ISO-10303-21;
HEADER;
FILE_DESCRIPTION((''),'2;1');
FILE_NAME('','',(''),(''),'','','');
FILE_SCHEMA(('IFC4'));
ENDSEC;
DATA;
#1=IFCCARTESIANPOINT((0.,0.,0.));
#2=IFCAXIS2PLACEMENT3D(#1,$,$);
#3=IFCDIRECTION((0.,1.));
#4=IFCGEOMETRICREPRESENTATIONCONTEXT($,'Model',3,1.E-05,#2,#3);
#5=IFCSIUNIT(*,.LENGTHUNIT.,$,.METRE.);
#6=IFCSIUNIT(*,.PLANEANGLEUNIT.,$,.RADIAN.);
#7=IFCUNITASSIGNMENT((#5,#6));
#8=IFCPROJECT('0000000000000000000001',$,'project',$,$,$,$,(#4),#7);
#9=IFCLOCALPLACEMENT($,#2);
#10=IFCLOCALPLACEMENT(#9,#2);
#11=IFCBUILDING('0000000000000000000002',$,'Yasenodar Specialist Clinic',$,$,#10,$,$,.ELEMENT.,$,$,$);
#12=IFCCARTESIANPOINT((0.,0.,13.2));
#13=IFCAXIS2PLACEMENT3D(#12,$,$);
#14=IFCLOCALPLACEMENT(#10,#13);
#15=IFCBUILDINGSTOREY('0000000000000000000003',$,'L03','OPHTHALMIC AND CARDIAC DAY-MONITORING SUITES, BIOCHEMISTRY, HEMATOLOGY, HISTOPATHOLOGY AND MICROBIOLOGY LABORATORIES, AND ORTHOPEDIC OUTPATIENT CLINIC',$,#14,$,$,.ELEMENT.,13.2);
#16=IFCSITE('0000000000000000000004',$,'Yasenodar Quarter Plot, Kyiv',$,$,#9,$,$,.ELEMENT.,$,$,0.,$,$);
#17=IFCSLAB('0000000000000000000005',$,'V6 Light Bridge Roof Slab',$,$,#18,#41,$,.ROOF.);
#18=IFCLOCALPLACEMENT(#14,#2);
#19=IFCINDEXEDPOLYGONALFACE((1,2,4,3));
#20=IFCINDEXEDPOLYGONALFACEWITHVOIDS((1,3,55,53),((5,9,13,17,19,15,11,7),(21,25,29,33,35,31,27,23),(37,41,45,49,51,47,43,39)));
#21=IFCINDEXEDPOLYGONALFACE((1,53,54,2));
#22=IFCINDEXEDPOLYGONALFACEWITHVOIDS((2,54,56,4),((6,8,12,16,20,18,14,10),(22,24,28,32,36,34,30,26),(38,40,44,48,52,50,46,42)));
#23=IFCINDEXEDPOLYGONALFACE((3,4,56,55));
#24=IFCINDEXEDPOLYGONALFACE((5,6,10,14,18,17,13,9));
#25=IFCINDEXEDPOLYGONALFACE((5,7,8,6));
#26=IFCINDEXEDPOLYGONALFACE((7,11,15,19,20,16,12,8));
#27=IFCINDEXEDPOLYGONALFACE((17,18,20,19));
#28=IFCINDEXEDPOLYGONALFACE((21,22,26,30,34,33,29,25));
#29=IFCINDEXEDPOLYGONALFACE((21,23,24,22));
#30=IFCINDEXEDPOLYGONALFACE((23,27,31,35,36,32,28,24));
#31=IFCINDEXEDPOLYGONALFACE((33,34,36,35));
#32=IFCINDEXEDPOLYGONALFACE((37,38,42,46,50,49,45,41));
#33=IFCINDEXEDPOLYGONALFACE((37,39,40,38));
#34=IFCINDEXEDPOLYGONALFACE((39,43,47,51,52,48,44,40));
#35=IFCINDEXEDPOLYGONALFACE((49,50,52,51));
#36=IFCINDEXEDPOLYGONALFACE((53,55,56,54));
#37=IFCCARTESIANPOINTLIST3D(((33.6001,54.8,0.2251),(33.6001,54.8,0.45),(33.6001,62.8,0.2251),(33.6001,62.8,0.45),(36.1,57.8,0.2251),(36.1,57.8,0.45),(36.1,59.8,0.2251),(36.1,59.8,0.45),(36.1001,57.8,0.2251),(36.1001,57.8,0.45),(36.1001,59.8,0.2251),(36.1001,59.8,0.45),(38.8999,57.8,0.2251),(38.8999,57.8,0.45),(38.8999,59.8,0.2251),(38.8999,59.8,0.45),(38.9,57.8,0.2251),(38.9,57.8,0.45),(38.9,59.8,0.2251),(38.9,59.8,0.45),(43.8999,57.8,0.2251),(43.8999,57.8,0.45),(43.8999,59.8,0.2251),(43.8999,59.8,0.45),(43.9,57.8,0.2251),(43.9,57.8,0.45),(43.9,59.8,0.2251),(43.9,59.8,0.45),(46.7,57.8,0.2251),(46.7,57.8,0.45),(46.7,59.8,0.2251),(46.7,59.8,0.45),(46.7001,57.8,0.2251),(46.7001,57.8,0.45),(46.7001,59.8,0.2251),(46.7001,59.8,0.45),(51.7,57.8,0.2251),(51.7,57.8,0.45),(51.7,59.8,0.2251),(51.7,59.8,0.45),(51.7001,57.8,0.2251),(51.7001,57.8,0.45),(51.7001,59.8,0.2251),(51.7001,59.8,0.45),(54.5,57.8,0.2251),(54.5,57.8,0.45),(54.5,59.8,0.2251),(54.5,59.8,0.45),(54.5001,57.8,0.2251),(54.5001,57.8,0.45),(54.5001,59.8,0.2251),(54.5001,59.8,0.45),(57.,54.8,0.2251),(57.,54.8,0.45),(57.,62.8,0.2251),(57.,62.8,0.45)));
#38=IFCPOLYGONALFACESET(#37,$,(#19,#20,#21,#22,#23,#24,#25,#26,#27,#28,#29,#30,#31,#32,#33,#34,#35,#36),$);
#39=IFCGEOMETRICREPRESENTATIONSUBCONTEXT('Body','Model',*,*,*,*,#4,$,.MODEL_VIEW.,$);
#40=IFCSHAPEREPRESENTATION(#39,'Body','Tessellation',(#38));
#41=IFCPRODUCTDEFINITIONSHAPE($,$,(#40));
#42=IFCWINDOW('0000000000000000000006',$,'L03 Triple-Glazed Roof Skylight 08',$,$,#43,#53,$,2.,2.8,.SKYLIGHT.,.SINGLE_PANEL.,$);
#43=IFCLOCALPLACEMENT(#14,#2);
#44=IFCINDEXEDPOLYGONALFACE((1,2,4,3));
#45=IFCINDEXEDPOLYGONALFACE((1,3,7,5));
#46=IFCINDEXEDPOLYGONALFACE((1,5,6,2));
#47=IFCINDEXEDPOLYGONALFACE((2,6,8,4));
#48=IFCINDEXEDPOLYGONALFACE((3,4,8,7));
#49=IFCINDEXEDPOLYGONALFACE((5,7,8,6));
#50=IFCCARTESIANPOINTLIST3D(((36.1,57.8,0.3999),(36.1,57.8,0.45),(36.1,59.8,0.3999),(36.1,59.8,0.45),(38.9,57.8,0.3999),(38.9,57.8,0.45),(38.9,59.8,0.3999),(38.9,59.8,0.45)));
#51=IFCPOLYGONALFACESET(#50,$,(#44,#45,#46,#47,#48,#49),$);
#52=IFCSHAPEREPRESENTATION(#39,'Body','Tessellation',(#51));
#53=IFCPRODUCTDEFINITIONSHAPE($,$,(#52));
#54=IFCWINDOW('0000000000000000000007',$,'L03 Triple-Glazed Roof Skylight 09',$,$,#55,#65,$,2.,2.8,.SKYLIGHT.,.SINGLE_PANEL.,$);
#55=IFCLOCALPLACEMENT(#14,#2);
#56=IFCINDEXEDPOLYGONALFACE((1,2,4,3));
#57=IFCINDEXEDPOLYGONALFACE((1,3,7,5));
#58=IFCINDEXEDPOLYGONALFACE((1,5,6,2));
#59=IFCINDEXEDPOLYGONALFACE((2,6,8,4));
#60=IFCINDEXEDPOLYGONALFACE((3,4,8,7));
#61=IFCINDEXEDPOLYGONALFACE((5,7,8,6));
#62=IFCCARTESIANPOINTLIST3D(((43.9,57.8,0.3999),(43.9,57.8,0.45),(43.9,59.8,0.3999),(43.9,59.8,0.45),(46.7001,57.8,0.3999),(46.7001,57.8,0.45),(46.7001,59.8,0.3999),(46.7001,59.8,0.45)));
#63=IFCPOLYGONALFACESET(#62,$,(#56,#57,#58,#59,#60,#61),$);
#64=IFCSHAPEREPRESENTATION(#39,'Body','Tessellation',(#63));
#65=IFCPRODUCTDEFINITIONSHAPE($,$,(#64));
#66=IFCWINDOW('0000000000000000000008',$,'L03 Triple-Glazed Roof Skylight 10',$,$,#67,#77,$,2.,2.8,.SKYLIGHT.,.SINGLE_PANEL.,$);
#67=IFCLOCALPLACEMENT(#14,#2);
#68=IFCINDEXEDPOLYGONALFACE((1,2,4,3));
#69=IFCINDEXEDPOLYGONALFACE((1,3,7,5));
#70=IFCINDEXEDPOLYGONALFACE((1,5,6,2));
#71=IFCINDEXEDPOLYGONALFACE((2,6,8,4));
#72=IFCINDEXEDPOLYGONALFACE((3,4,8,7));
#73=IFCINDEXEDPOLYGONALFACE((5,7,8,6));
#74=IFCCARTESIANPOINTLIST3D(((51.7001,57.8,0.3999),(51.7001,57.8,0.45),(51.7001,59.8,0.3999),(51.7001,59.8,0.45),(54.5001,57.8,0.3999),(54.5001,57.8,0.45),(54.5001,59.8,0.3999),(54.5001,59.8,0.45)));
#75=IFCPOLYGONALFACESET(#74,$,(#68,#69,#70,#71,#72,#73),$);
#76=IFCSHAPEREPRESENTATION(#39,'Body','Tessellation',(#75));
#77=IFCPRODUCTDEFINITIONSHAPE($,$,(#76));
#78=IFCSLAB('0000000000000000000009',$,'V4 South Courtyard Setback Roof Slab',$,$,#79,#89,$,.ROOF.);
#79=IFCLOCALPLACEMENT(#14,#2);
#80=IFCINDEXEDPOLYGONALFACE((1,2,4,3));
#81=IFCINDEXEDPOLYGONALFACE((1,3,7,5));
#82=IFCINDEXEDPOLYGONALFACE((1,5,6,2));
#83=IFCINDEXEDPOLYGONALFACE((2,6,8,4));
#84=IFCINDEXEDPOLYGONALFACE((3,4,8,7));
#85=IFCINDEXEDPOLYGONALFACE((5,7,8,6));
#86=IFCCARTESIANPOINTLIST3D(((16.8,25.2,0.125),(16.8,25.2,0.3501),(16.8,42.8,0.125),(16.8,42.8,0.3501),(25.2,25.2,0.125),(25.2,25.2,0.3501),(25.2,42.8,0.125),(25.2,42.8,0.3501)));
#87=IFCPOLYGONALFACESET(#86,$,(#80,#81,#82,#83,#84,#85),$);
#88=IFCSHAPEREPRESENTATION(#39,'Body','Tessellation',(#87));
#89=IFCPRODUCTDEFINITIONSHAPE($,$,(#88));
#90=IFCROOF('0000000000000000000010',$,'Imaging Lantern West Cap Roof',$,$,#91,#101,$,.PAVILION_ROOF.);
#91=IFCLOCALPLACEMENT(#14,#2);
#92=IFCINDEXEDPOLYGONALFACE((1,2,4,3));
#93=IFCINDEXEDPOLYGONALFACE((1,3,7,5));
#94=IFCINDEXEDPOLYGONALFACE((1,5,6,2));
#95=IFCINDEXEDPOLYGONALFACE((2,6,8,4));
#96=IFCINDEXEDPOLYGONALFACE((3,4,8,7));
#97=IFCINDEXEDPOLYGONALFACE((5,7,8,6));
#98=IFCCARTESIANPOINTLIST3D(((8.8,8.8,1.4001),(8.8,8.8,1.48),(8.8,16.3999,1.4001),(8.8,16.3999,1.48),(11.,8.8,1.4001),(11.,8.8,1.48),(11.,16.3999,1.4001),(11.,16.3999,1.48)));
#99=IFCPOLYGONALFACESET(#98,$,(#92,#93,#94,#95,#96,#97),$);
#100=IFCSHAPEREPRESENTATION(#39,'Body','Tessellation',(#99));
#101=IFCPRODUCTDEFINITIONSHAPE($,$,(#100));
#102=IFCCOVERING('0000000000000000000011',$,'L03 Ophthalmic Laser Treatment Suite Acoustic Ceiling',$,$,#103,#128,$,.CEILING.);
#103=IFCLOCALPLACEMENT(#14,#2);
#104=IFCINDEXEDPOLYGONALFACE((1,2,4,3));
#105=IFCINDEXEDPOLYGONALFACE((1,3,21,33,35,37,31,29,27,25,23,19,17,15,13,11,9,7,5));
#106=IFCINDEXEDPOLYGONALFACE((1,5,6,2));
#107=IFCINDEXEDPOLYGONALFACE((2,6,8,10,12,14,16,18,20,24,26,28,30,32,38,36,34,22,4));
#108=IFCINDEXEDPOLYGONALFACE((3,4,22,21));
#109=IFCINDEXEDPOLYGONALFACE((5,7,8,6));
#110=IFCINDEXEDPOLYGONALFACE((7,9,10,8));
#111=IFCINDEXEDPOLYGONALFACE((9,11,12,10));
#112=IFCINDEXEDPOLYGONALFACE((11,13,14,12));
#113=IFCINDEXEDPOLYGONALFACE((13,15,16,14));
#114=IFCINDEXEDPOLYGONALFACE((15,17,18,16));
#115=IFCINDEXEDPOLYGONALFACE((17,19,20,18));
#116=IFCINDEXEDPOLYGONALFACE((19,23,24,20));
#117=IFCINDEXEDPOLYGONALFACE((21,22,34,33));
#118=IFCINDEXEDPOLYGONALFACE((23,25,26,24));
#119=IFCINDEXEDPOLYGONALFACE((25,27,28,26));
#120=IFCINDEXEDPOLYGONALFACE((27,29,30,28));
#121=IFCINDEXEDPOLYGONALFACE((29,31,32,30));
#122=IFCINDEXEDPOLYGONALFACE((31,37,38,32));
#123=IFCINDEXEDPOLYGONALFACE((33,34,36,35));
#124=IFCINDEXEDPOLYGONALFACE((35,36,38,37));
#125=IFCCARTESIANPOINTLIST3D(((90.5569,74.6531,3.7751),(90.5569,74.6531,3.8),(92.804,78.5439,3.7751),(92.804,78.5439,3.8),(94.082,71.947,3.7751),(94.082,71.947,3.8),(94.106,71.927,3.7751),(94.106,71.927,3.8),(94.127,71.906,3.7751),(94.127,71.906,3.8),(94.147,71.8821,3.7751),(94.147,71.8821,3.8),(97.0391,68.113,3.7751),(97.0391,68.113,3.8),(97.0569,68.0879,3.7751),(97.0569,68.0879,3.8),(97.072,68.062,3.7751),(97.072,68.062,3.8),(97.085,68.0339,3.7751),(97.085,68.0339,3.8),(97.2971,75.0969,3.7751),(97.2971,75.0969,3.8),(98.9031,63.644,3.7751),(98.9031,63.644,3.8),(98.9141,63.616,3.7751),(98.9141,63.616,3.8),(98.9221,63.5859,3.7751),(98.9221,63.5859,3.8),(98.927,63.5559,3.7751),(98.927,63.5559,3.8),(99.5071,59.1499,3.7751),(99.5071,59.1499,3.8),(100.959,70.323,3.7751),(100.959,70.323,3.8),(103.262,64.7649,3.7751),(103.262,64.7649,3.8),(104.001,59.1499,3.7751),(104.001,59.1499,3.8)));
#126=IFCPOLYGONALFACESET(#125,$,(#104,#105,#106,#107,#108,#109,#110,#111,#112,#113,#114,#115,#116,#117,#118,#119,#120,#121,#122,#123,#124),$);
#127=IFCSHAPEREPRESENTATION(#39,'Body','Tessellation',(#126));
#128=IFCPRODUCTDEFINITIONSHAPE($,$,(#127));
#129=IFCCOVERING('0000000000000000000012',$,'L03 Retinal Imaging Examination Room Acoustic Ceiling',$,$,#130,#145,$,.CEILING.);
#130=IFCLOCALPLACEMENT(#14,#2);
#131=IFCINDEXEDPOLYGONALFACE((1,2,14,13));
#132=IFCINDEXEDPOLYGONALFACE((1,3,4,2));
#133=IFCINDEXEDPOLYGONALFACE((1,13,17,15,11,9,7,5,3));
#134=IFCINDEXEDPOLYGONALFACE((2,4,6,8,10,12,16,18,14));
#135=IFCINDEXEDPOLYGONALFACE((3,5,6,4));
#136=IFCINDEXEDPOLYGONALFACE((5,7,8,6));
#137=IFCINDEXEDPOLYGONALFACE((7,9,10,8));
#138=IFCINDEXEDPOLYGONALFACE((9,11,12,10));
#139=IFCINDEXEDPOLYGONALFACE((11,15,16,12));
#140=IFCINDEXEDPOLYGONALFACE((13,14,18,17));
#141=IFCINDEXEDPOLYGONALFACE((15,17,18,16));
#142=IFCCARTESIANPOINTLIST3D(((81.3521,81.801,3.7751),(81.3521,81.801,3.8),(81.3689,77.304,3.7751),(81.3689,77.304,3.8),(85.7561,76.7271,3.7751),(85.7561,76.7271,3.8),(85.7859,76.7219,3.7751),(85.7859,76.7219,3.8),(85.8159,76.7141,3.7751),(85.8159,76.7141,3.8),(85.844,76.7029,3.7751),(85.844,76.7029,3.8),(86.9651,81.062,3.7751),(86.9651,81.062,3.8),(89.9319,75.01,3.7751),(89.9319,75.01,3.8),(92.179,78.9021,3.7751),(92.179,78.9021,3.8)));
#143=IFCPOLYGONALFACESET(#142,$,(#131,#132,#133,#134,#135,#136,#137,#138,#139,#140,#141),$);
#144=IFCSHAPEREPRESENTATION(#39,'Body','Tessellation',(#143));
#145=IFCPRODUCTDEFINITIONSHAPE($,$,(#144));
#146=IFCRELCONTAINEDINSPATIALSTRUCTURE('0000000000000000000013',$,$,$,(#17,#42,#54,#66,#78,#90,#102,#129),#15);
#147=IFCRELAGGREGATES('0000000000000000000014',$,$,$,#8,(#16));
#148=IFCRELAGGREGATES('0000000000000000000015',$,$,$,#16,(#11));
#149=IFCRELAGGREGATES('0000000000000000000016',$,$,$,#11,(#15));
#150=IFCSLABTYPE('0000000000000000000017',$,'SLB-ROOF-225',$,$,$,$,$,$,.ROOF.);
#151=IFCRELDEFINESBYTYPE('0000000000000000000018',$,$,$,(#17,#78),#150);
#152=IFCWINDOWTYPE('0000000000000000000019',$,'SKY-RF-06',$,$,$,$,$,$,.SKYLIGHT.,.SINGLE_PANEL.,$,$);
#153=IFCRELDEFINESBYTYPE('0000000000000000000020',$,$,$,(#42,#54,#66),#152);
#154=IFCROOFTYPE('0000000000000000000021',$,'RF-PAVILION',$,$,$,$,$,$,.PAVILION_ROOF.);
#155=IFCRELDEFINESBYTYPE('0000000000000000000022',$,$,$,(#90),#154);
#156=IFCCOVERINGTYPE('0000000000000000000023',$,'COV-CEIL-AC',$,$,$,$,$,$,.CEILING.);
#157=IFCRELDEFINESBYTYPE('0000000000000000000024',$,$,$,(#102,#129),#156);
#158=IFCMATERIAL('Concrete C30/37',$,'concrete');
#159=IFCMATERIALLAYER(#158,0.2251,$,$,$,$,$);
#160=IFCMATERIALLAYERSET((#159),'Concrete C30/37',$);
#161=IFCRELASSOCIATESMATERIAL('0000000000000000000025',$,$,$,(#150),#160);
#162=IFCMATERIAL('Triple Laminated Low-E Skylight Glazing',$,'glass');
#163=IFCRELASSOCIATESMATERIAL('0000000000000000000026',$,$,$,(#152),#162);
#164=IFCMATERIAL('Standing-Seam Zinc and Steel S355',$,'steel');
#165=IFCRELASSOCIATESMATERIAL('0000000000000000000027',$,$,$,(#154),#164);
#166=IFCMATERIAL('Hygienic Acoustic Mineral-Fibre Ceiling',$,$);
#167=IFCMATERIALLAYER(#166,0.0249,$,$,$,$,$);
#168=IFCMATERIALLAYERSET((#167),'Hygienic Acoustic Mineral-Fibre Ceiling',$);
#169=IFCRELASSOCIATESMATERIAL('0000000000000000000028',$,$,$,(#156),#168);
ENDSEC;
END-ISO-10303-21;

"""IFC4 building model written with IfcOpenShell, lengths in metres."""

from ifc_helpers import new_model, si_unit, direction, frame, origin, origin_2d, place, context, subcontext, project, spatial, polyline, rectangle, outline, extrude, material, layer, layer_set, type_object, element, fill, save


model = new_model("IFC4")

# Units and contexts
model_context = context("Model", 3, precision=1e-05, world=origin(), true_north=direction((0.0, 1.0)))
body_context = subcontext(model_context, "Body", "Model", "MODEL_VIEW")
ifc_project = project(units=[si_unit("LENGTHUNIT", "METRE"), si_unit("PLANEANGLEUNIT", "RADIAN")], contexts=[model_context])

# Site, building, storey
site_placement = place(None, origin())
site = spatial("IfcSite", under=ifc_project, at=site_placement, Name="Yasenodar Quarter Plot, Kyiv", CompositionType="ELEMENT", RefElevation=0.0)
building_placement = place(site_placement, origin())
building = spatial("IfcBuilding", under=site, at=building_placement, Name="Yasenodar Specialist Clinic", CompositionType="ELEMENT")
storey_placement = place(building_placement, frame((0.0, 0.0, 13.2)))
storey = spatial("IfcBuildingStorey", under=building, at=storey_placement, Name="L03", Description="OPHTHALMIC AND CARDIAC DAY-MONITORING SUITES, BIOCHEMISTRY, HEMATOLOGY, HISTOPATHOLOGY AND MICROBIOLOGY LABORATORIES, AND ORTHOPEDIC OUTPATIENT CLINIC", CompositionType="ELEMENT", Elevation=13.2)

# Shared definitions
ifc_material_1 = material(Name="Concrete C30/37", Category="concrete")

# Slab, openings, windows
ifc_layer_1 = layer(ifc_material_1, 0.2251)
ifc_layer_set_1 = layer_set([ifc_layer_1], Name="Concrete C30/37")
slab_type_1 = type_object("IfcSlabType", Name="SLB-ROOF-225", PredefinedType="ROOF", material=ifc_layer_set_1)
ifc_material_2 = material(Name="Triple Laminated Low-E Skylight Glazing", Category="glass")
slab_1_placement = place(storey_placement, frame((0.0, 0.0, 0.2251)))
slab_1 = element("IfcSlab", 1, at=slab_1_placement, inside=storey, type_object=slab_type_1, Name="V6 Light Bridge Roof Slab", PredefinedType="ROOF", context=body_context, shape_type="SweptSolid", body=[
    extrude(outline(polyline([(33.6001, 54.8), (57.0, 54.8), (57.0, 62.8), (33.6001, 62.8), (33.6001, 54.8)]), holes=[polyline([(36.1001, 57.8), (38.8999, 57.8), (38.8999, 59.8), (36.1001, 59.8), (36.1001, 57.8)]), polyline([(43.8999, 57.8), (46.7, 57.8), (46.7, 59.8), (43.8999, 59.8), (43.8999, 57.8)]), polyline([(51.7, 57.8), (54.5, 57.8), (54.5, 59.8), (51.7, 59.8), (51.7, 57.8)])]), origin(), (0.0, 0.0, 1.0), 0.2249),
])
opening_1_placement = place(slab_1_placement, frame((37.5, 58.8, -0.01)))
opening_1 = element("IfcOpeningElement", 2, at=opening_1_placement, cuts=slab_1, PredefinedType="OPENING", context=body_context, shape_type="SweptSolid", body=[
    extrude(rectangle(XDim=2.8, YDim=2.0, at=origin_2d()), origin(), (0.0, 0.0, 1.0), 0.2449),
])
opening_2_placement = place(slab_1_placement, frame((45.3, 58.8, -0.01)))
opening_2 = element("IfcOpeningElement", 3, at=opening_2_placement, cuts=slab_1, PredefinedType="OPENING", context=body_context, shape_type="SweptSolid", body=[
    extrude(rectangle(XDim=2.8, YDim=2.0, at=origin_2d()), origin(), (0.0, 0.0, 1.0), 0.2449),
])
opening_3_placement = place(slab_1_placement, frame((53.1001, 58.8, -0.01)))
opening_3 = element("IfcOpeningElement", 4, at=opening_3_placement, cuts=slab_1, PredefinedType="OPENING", context=body_context, shape_type="SweptSolid", body=[
    extrude(rectangle(XDim=2.8, YDim=2.0, at=origin_2d()), origin(), (0.0, 0.0, 1.0), 0.2449),
])
window_type_1 = type_object("IfcWindowType", Name="SKY-RF-06", PartitioningType="SINGLE_PANEL", PredefinedType="SKYLIGHT", material=ifc_material_2)
window_1_placement = place(slab_1_placement, frame((37.5, 58.8, 0.1748)))
window_1 = element("IfcWindow", 5, at=window_1_placement, inside=storey, type_object=window_type_1, Name="L03 Triple-Glazed Roof Skylight 08", OverallHeight=2.0, OverallWidth=2.8, PartitioningType="SINGLE_PANEL", PredefinedType="SKYLIGHT", context=body_context, shape_type="SweptSolid", body=[
    extrude(rectangle(XDim=2.8, YDim=2.0, at=origin_2d()), origin(), (0.0, 0.0, 1.0), 0.05),
])
fill(opening_1, window_1)
window_2_placement = place(slab_1_placement, frame((45.3, 58.8, 0.1748)))
window_2 = element("IfcWindow", 6, at=window_2_placement, inside=storey, type_object=window_type_1, Name="L03 Triple-Glazed Roof Skylight 09", OverallHeight=2.0, OverallWidth=2.8, PartitioningType="SINGLE_PANEL", PredefinedType="SKYLIGHT", context=body_context, shape_type="SweptSolid", body=[
    extrude(rectangle(XDim=2.8, YDim=2.0, at=origin_2d()), origin(), (0.0, 0.0, 1.0), 0.05),
])
fill(opening_2, window_2)
window_3_placement = place(slab_1_placement, frame((53.1001, 58.8, 0.1748)))
window_3 = element("IfcWindow", 7, at=window_3_placement, inside=storey, type_object=window_type_1, Name="L03 Triple-Glazed Roof Skylight 10", OverallHeight=2.0, OverallWidth=2.8, PartitioningType="SINGLE_PANEL", PredefinedType="SKYLIGHT", context=body_context, shape_type="SweptSolid", body=[
    extrude(rectangle(XDim=2.8, YDim=2.0, at=origin_2d()), origin(), (0.0, 0.0, 1.0), 0.05),
])
fill(opening_3, window_3)

# Slab
slab_2_placement = place(storey_placement, frame((0.0, 0.0, 0.125)))
element("IfcSlab", 8, at=slab_2_placement, inside=storey, type_object=slab_type_1, Name="V4 South Courtyard Setback Roof Slab", PredefinedType="ROOF", context=body_context, shape_type="SweptSolid", body=[
    extrude(outline(polyline([(16.8, 42.8), (25.2, 42.8), (25.2, 25.2), (16.8, 25.2), (16.8, 42.8)])), origin(), (0.0, 0.0, 1.0), 0.2251),
])

# Roof
ifc_material_3 = material(Name="Standing-Seam Zinc and Steel S355", Category="steel")
roof_type = type_object("IfcRoofType", Name="RF-PAVILION", PredefinedType="PAVILION_ROOF", material=ifc_material_3)
roof_placement = place(storey_placement, frame((0.0, 0.0, 1.4001)))
element("IfcRoof", 9, at=roof_placement, inside=storey, type_object=roof_type, Name="Imaging Lantern West Cap Roof", PredefinedType="PAVILION_ROOF", context=body_context, shape_type="SweptSolid", body=[
    extrude(outline(polyline([(8.8, 8.8), (11.0, 8.8), (11.0, 16.3999), (8.8, 16.3999), (8.8, 8.8)])), origin(), (0.0, 0.0, 1.0), 0.0798),
])

# Coverings
ifc_material_4 = material(Name="Hygienic Acoustic Mineral-Fibre Ceiling")
ifc_layer_2 = layer(ifc_material_4, 0.0249)
ifc_layer_set_2 = layer_set([ifc_layer_2], Name="Hygienic Acoustic Mineral-Fibre Ceiling")
covering_type_1 = type_object("IfcCoveringType", Name="COV-CEIL-AC", PredefinedType="CEILING", material=ifc_layer_set_2)
covering_1_placement = place(storey_placement, frame((0.0, 0.0, 3.7751)))
element("IfcCovering", 10, at=covering_1_placement, inside=storey, type_object=covering_type_1, Name="L03 Ophthalmic Laser Treatment Suite Acoustic Ceiling", PredefinedType="CEILING", context=body_context, shape_type="SweptSolid", body=[
    extrude(outline(polyline([(98.9221, 63.5859), (98.9141, 63.616), (98.9031, 63.644), (97.085, 68.0339), (97.072, 68.062), (97.0569, 68.0879), (97.0391, 68.113), (94.147, 71.8821), (94.127, 71.906), (94.106, 71.927), (94.082, 71.947), (90.5569, 74.6531), (92.804, 78.5439), (97.2971, 75.0969), (100.959, 70.323), (103.262, 64.7649), (104.001, 59.1499), (99.5071, 59.1499), (98.927, 63.5559), (98.9221, 63.5859)])), origin(), (0.0, 0.0, 1.0), 0.0249),
])
covering_2_placement = place(storey_placement, frame((0.0, 0.0, 3.7751)))
element("IfcCovering", 11, at=covering_2_placement, inside=storey, type_object=covering_type_1, Name="L03 Retinal Imaging Examination Room Acoustic Ceiling", PredefinedType="CEILING", context=body_context, shape_type="SweptSolid", body=[
    extrude(outline(polyline([(92.179, 78.9021), (89.9319, 75.01), (85.844, 76.7029), (85.8159, 76.7141), (85.7859, 76.7219), (85.7561, 76.7271), (81.3689, 77.304), (81.3521, 81.801), (86.9651, 81.062), (92.179, 78.9021)])), origin(), (0.0, 0.0, 1.0), 0.0249),
])

save(model, "model.ifc")
